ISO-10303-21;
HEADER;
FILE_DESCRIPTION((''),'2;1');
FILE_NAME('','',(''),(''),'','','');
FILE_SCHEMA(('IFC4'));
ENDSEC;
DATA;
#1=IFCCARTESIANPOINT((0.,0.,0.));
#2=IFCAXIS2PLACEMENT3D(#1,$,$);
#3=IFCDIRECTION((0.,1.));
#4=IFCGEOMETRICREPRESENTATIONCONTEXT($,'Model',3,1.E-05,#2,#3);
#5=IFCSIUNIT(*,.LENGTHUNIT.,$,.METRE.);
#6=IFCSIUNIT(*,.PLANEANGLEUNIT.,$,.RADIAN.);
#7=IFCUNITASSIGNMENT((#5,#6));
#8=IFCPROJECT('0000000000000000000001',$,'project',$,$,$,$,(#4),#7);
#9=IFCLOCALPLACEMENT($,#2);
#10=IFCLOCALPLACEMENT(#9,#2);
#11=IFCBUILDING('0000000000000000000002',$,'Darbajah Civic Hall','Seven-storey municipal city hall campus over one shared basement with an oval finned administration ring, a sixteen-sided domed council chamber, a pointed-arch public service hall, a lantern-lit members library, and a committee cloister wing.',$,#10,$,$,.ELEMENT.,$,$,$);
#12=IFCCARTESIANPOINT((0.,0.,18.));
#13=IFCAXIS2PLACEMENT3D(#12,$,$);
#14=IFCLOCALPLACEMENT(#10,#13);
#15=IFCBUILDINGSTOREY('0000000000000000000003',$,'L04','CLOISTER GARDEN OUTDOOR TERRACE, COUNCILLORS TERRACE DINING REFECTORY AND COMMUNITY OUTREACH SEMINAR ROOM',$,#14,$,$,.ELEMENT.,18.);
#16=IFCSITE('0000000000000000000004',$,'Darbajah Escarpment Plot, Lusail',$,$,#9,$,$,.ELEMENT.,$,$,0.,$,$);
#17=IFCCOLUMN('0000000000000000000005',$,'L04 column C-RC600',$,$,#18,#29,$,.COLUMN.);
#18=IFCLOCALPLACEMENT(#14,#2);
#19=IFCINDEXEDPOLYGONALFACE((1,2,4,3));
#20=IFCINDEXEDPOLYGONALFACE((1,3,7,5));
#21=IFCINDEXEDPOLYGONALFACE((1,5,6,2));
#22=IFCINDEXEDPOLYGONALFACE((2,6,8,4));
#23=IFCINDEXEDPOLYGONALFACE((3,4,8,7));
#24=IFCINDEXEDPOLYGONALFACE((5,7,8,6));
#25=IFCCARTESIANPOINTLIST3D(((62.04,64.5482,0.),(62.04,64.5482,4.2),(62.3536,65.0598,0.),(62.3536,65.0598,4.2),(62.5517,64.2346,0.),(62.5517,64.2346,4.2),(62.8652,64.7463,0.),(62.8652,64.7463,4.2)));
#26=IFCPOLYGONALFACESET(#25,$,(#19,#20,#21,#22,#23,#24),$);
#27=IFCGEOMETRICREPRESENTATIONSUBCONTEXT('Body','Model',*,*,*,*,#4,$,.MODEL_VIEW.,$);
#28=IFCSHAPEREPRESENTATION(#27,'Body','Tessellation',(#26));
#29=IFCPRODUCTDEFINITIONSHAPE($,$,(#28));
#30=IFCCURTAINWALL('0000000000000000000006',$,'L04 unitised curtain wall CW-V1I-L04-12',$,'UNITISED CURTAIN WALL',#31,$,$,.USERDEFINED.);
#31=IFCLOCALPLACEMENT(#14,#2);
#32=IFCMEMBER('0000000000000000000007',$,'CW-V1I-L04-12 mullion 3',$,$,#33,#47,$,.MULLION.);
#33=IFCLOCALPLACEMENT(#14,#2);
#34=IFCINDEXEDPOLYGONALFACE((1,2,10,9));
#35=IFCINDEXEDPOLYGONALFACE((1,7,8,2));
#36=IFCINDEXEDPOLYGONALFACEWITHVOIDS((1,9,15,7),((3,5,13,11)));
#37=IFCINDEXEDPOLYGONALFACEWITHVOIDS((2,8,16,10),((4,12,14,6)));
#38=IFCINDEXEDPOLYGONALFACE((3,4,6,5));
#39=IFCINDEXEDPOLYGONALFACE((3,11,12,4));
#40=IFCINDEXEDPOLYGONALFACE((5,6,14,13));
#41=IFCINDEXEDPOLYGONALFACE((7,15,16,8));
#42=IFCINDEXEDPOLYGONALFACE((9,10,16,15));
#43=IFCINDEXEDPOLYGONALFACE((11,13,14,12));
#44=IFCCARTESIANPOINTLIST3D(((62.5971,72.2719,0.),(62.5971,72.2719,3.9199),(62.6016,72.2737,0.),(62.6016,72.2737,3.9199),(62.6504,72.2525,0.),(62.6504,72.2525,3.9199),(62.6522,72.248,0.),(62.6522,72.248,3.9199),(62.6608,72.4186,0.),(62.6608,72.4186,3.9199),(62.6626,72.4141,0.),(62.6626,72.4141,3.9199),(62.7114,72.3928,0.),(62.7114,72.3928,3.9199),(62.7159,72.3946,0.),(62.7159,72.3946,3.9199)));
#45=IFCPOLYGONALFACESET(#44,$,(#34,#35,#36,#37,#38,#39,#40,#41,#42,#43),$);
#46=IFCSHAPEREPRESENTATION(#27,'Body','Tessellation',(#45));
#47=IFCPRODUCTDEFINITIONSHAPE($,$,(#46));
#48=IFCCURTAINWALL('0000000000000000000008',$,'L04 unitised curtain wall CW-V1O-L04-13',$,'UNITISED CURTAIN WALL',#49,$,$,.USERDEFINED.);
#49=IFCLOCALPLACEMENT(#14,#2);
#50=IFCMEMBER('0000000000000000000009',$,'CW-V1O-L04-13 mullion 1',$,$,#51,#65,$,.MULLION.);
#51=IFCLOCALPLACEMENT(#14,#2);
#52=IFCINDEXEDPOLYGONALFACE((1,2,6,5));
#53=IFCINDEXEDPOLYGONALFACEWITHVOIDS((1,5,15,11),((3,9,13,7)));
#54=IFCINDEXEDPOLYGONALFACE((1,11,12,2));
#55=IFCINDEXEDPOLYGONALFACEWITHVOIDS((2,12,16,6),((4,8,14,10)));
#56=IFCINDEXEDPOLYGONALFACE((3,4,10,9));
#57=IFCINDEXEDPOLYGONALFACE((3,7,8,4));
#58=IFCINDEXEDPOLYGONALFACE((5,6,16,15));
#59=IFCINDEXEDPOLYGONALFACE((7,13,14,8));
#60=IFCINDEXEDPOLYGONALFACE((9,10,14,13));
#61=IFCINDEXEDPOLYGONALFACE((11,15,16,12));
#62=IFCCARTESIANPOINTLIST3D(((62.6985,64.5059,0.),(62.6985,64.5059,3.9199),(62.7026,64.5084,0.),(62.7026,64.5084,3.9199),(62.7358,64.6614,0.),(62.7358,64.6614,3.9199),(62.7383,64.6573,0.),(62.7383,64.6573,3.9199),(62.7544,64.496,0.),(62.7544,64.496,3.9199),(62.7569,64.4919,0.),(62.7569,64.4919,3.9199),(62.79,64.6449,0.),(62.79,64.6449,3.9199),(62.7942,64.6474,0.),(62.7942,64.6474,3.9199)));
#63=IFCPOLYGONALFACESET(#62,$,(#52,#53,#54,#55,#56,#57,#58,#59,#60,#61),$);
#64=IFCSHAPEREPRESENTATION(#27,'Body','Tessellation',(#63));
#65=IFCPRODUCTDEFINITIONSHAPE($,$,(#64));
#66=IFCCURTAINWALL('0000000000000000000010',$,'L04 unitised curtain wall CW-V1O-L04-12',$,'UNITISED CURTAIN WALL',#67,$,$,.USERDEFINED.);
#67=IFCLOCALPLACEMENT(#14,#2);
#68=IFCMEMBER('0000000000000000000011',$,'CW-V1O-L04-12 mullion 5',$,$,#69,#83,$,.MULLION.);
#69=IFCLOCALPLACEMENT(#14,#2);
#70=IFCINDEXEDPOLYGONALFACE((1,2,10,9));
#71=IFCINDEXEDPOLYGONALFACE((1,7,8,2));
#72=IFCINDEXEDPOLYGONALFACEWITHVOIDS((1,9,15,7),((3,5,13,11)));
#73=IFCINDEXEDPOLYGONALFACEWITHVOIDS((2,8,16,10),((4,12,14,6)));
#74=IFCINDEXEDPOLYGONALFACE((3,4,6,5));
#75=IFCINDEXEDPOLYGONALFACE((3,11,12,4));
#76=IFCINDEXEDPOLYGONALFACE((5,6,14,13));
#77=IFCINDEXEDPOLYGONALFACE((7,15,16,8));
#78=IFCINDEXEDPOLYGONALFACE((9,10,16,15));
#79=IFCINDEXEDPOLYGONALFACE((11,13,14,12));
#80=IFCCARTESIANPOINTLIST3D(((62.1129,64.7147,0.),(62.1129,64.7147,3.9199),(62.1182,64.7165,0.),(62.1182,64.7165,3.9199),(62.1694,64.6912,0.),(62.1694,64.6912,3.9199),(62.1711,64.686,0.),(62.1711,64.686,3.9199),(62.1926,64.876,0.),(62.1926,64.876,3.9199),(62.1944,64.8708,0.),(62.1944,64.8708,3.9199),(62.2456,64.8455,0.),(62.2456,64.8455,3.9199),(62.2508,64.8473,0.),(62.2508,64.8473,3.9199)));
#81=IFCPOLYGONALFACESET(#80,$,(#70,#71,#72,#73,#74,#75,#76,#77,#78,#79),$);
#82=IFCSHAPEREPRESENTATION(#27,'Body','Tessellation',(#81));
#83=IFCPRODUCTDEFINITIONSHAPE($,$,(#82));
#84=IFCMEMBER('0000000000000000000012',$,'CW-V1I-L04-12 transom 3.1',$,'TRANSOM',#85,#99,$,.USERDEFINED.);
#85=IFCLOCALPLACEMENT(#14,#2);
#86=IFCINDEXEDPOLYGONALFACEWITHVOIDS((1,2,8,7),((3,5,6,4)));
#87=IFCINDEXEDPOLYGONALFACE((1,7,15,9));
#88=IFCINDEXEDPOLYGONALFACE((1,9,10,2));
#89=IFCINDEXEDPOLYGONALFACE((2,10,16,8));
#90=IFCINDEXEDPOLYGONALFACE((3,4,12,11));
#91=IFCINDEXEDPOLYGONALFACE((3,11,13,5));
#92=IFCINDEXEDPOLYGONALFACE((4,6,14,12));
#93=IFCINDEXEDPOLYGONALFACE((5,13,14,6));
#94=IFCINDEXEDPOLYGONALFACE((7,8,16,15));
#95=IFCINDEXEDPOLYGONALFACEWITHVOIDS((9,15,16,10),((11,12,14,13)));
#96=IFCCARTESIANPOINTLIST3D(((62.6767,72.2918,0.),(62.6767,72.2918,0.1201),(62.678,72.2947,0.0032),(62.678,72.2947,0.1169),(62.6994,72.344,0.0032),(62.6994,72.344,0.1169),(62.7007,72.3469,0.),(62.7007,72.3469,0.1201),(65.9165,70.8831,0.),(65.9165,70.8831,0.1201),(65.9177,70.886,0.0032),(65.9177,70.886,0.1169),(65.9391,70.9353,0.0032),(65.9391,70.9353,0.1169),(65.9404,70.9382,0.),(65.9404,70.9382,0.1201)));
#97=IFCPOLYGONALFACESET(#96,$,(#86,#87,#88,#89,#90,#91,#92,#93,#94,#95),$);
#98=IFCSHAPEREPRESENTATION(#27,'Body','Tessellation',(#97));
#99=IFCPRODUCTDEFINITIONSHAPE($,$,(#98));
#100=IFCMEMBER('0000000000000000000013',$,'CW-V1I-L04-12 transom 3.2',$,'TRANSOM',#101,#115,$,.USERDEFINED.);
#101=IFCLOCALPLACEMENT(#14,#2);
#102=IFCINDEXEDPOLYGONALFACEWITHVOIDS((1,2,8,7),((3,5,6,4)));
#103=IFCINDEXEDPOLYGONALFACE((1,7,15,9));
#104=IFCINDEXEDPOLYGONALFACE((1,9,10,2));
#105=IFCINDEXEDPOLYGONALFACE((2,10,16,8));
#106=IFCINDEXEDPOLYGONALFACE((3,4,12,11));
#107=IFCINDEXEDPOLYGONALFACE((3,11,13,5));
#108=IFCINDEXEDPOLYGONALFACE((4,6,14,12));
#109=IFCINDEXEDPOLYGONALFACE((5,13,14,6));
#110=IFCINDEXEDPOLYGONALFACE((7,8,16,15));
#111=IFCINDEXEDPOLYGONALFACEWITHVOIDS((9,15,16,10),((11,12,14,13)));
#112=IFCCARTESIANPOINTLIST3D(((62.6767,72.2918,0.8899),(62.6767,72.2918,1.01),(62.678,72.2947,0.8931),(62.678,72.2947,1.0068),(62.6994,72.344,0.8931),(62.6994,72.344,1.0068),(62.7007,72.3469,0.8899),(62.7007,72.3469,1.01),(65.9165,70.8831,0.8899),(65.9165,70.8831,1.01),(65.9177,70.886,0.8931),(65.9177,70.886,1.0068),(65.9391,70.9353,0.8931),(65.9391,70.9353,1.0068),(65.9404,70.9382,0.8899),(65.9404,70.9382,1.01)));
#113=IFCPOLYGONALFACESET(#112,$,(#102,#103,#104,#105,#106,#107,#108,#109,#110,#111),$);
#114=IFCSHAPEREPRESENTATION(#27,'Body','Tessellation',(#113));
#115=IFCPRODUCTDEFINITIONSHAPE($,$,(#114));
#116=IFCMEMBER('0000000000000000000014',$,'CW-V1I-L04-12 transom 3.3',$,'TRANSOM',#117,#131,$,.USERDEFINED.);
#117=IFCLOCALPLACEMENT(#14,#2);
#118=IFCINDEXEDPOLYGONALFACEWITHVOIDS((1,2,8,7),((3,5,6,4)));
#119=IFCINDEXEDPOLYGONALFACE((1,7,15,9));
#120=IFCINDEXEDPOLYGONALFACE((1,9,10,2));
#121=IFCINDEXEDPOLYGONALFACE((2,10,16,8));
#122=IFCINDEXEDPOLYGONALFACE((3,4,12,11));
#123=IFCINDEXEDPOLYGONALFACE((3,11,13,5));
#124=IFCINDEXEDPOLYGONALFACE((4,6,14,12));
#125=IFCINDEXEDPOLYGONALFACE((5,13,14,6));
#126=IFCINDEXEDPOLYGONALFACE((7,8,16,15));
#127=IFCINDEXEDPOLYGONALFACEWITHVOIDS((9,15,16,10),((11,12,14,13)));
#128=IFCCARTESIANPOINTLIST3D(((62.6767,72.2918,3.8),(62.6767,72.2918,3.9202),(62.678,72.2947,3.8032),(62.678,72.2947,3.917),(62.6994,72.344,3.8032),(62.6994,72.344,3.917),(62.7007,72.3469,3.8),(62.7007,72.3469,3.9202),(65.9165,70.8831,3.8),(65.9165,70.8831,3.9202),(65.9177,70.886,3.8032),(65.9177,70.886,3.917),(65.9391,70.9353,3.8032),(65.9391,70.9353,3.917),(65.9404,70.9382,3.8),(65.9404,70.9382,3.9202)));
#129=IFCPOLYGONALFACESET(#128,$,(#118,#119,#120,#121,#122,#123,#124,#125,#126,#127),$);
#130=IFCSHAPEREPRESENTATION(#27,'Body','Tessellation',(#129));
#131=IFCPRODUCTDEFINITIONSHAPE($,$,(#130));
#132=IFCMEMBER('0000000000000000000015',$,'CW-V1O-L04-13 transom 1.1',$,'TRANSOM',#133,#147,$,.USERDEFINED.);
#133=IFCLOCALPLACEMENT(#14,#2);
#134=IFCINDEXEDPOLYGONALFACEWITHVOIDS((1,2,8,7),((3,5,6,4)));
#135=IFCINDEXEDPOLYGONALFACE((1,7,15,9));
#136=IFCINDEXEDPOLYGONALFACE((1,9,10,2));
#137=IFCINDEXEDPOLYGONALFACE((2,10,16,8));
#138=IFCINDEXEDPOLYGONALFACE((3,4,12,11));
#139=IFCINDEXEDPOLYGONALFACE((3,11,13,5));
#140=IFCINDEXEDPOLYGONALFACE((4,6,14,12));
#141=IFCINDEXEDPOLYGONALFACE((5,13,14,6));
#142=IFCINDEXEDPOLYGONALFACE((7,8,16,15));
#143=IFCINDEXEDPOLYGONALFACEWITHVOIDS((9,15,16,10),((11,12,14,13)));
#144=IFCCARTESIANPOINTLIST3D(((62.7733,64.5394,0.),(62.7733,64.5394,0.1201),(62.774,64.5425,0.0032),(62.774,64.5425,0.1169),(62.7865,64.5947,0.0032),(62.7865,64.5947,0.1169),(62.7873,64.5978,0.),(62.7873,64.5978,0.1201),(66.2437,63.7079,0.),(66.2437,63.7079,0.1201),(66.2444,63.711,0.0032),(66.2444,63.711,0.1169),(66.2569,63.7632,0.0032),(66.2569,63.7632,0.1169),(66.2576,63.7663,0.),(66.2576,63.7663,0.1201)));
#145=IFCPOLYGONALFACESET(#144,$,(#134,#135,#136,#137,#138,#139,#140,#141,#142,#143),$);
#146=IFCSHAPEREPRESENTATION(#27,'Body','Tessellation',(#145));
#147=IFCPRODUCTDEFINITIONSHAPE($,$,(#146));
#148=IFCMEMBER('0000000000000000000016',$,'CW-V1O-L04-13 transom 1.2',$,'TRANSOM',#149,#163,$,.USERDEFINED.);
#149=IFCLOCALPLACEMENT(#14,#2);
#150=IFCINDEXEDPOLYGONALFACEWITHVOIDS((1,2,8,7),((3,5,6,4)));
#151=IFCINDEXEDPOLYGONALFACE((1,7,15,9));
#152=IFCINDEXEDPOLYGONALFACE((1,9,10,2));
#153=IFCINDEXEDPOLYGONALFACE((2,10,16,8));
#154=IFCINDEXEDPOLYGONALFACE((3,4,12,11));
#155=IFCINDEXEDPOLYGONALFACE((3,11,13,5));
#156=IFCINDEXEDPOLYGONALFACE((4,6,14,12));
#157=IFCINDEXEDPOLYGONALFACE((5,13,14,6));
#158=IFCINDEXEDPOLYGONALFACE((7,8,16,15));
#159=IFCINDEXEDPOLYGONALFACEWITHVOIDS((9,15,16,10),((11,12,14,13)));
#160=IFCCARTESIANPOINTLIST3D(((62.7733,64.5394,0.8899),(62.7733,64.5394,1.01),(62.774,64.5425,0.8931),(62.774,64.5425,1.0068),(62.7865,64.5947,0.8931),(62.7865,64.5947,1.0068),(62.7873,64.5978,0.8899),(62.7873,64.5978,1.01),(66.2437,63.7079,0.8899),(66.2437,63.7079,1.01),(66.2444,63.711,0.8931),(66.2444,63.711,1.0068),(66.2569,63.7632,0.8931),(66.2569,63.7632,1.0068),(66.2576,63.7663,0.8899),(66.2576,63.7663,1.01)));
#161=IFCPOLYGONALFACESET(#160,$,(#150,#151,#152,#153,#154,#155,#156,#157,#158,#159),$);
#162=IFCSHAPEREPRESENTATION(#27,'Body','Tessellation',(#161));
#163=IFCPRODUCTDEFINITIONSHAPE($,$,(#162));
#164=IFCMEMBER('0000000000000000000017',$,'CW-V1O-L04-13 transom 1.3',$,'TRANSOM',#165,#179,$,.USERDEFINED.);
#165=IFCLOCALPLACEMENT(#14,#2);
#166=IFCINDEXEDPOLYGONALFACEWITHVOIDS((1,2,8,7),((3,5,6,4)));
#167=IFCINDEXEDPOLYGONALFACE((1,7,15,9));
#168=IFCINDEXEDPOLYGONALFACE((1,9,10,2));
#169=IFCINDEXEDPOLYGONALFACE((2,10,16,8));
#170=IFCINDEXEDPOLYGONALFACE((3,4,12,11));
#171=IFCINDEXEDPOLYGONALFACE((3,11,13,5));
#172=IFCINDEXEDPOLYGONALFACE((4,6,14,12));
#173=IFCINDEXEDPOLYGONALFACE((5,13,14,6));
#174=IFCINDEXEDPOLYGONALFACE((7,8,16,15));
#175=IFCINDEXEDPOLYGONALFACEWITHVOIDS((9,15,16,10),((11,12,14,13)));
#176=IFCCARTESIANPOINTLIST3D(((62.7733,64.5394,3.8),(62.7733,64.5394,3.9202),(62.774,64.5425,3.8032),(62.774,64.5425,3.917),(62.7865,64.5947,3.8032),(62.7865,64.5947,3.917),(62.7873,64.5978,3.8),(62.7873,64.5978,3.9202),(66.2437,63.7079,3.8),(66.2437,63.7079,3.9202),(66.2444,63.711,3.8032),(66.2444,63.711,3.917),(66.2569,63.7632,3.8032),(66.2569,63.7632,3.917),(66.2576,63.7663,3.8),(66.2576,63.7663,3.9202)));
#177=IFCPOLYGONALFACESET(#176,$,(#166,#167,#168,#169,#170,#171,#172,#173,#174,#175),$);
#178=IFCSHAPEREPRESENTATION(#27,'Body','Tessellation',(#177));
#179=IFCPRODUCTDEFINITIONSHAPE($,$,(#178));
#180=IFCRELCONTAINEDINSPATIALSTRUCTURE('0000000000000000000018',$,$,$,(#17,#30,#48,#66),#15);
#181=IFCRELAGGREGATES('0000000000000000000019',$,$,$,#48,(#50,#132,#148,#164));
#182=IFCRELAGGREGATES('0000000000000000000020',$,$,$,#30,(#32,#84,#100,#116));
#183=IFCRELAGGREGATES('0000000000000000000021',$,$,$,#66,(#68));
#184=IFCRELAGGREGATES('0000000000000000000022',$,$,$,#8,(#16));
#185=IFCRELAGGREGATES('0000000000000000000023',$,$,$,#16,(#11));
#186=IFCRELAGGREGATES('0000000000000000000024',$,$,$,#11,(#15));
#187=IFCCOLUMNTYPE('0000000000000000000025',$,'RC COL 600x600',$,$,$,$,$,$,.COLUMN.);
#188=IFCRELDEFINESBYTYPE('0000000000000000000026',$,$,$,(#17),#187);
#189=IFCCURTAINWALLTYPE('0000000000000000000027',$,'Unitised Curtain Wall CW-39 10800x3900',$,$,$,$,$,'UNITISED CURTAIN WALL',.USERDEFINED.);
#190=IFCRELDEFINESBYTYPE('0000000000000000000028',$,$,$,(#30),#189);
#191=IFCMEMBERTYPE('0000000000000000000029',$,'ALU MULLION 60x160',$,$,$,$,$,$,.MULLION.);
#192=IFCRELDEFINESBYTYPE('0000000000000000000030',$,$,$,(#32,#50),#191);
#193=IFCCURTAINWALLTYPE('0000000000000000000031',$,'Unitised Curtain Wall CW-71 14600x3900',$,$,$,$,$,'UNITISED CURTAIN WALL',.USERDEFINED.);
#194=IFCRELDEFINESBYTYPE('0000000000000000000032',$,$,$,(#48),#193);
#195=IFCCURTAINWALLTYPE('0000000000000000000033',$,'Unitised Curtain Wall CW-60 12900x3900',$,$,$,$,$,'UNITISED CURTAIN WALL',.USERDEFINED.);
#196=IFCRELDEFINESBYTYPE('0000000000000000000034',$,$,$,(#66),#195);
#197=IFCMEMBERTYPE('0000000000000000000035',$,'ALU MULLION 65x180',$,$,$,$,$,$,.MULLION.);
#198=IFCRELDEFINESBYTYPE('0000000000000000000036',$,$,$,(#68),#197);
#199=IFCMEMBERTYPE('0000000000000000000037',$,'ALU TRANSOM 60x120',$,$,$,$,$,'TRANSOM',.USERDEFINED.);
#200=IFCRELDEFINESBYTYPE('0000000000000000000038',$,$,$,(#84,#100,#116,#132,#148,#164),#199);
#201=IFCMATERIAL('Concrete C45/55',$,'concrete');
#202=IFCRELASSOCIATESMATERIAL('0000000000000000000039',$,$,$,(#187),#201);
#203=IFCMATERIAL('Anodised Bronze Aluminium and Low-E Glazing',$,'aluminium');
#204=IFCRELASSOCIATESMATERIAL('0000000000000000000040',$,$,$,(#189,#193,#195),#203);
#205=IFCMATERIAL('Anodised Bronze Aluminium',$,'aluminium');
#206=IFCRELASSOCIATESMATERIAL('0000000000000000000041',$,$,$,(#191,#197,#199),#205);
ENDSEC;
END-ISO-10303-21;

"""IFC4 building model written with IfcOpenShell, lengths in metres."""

from ifc_helpers import new_model, si_unit, direction, frame, origin, origin_2d, place, context, subcontext, project, spatial, rectangle, hollow_rectangle, extrude, material, material_profile, profile_set, type_object, element, aggregate, save


model = new_model("IFC4")

# Units and contexts
model_context = context("Model", 3, precision=1e-05, world=origin(), true_north=direction((0.0, 1.0)))
body_context = subcontext(model_context, "Body", "Model", "MODEL_VIEW")
ifc_project = project(units=[si_unit("LENGTHUNIT", "METRE"), si_unit("PLANEANGLEUNIT", "RADIAN")], contexts=[model_context])

# Site, building, storey
site_placement = place(None, origin())
site = spatial("IfcSite", under=ifc_project, at=site_placement, Name="Darbajah Escarpment Plot, Lusail", CompositionType="ELEMENT", RefElevation=0.0)
building_placement = place(site_placement, origin())
building = spatial("IfcBuilding", under=site, at=building_placement, Name="Darbajah Civic Hall", Description="Seven-storey municipal city hall campus over one shared basement with an oval finned administration ring, a sixteen-sided domed council chamber, a pointed-arch public service hall, a lantern-lit members library, and a committee cloister wing.", CompositionType="ELEMENT")
storey_placement = place(building_placement, frame((0.0, 0.0, 18.0)))
storey = spatial("IfcBuildingStorey", under=building, at=storey_placement, Name="L04", Description="CLOISTER GARDEN OUTDOOR TERRACE, COUNCILLORS TERRACE DINING REFECTORY AND COMMUNITY OUTREACH SEMINAR ROOM", CompositionType="ELEMENT", Elevation=18.0)

# Column
ifc_material_1 = material(Name="Concrete C45/55", Category="concrete")
ifc_material_profile_1 = material_profile(ifc_material_1, rectangle(XDim=0.6001, YDim=0.6001, at=origin_2d()), Name="RC COL 600x600")
ifc_profile_set_1 = profile_set([ifc_material_profile_1], Name="Concrete C45/55")
column_type = type_object("IfcColumnType", Name="RC COL 600x600", PredefinedType="COLUMN", material=ifc_profile_set_1)
column_placement = place(storey_placement, frame((62.4526, 64.6472, 0.0), z_axis=(0.0, 0.0, 1.0), x_axis=(-0.522499, -0.85264, 0.0)))
element("IfcColumn", 1, at=column_placement, inside=storey, type_object=column_type, Name="L04 column C-RC600", PredefinedType="COLUMN", context=body_context, shape_type="SweptSolid", body=[
    extrude(rectangle(XDim=0.6001, YDim=0.6001, at=origin_2d()), origin(), (0.0, 0.0, 1.0), 4.2),
])

# Curtain walls, members
ifc_material_2 = material(Name="Anodised Bronze Aluminium and Low-E Glazing", Category="aluminium")
curtain_wall_type_1 = type_object("IfcCurtainWallType", Name="Unitised Curtain Wall CW-39 10800x3900", ElementType="UNITISED CURTAIN WALL", PredefinedType="USERDEFINED", material=ifc_material_2)
curtain_wall_1_placement = place(storey_placement, origin())
curtain_wall_1 = element("IfcCurtainWall", 2, at=curtain_wall_1_placement, inside=storey, type_object=curtain_wall_type_1, Name="L04 unitised curtain wall CW-V1I-L04-12", ObjectType="UNITISED CURTAIN WALL", PredefinedType="USERDEFINED")
ifc_material_3 = material(Name="Anodised Bronze Aluminium", Category="aluminium")
ifc_material_profile_2 = material_profile(ifc_material_3, hollow_rectangle(XDim=0.0601, YDim=0.1599, WallThickness=0.0034, at=origin_2d()), Name="ALU MULLION 60x160")
ifc_profile_set_2 = profile_set([ifc_material_profile_2], Name="Anodised Bronze Aluminium")
member_type_1 = type_object("IfcMemberType", Name="ALU MULLION 60x160", PredefinedType="MULLION", material=ifc_profile_set_2)
member_1_placement = place(storey_placement, frame((62.6565, 72.3333, 0.0), z_axis=(0.0, 0.0, 1.0), x_axis=(0.91706, -0.398749, 0.0)))
member_1 = element("IfcMember", 3, at=member_1_placement, type_object=member_type_1, Name="CW-V1I-L04-12 mullion 3", PredefinedType="MULLION", context=body_context, shape_type="SweptSolid", body=[
    extrude(hollow_rectangle(XDim=0.0601, YDim=0.1599, WallThickness=0.0034, at=origin_2d()), origin(), (0.0, 0.0, 1.0), 3.9199),
])
curtain_wall_type_2 = type_object("IfcCurtainWallType", Name="Unitised Curtain Wall CW-71 14600x3900", ElementType="UNITISED CURTAIN WALL", PredefinedType="USERDEFINED", material=ifc_material_2)
curtain_wall_2_placement = place(storey_placement, origin())
curtain_wall_2 = element("IfcCurtainWall", 4, at=curtain_wall_2_placement, inside=storey, type_object=curtain_wall_type_2, Name="L04 unitised curtain wall CW-V1O-L04-13", ObjectType="UNITISED CURTAIN WALL", PredefinedType="USERDEFINED")
member_2_placement = place(storey_placement, frame((62.7463, 64.5767, 0.0), z_axis=(0.0, 0.0, 1.0), x_axis=(0.972492, -0.232936, 0.0)))
member_2 = element("IfcMember", 5, at=member_2_placement, type_object=member_type_1, Name="CW-V1O-L04-13 mullion 1", PredefinedType="MULLION", context=body_context, shape_type="SweptSolid", body=[
    extrude(hollow_rectangle(XDim=0.0601, YDim=0.1599, WallThickness=0.0034, at=origin_2d()), origin(), (0.0, 0.0, 1.0), 3.9199),
])
curtain_wall_type_3 = type_object("IfcCurtainWallType", Name="Unitised Curtain Wall CW-60 12900x3900", ElementType="UNITISED CURTAIN WALL", PredefinedType="USERDEFINED", material=ifc_material_2)
curtain_wall_3_placement = place(storey_placement, origin())
curtain_wall_3 = element("IfcCurtainWall", 6, at=curtain_wall_3_placement, inside=storey, type_object=curtain_wall_type_3, Name="L04 unitised curtain wall CW-V1O-L04-12", ObjectType="UNITISED CURTAIN WALL", PredefinedType="USERDEFINED")
ifc_material_profile_3 = material_profile(ifc_material_3, hollow_rectangle(XDim=0.0649, YDim=0.1799, WallThickness=0.0039, at=origin_2d()), Name="ALU MULLION 65x180")
ifc_profile_set_3 = profile_set([ifc_material_profile_3], Name="Anodised Bronze Aluminium")
member_type_2 = type_object("IfcMemberType", Name="ALU MULLION 65x180", PredefinedType="MULLION", material=ifc_profile_set_3)
member_3_placement = place(storey_placement, frame((62.1819, 64.781, 0.0), z_axis=(0.0, 0.0, 1.0), x_axis=(0.896564, -0.442915, 0.0)))
member_3 = element("IfcMember", 7, at=member_3_placement, type_object=member_type_2, Name="CW-V1O-L04-12 mullion 5", PredefinedType="MULLION", context=body_context, shape_type="SweptSolid", body=[
    extrude(hollow_rectangle(XDim=0.0649, YDim=0.1799, WallThickness=0.0039, at=origin_2d()), origin(), (0.0, 0.0, 1.0), 3.9199),
])

# Members
ifc_material_profile_4 = material_profile(ifc_material_3, hollow_rectangle(XDim=0.0601, YDim=0.1201, WallThickness=0.0032, at=origin_2d()), Name="ALU TRANSOM 60x120")
ifc_profile_set_4 = profile_set([ifc_material_profile_4], Name="Anodised Bronze Aluminium")
member_type_3 = type_object("IfcMemberType", Name="ALU TRANSOM 60x120", ElementType="TRANSOM", PredefinedType="USERDEFINED", material=ifc_profile_set_4)
member_4_placement = place(storey_placement, frame((62.6887, 72.3193, 0.0601), z_axis=(0.917059, -0.398751, 0.0), x_axis=(0.398751, 0.917059, 0.0)))
member_4 = element("IfcMember", 8, at=member_4_placement, type_object=member_type_3, Name="CW-V1I-L04-12 transom 3.1", ObjectType="TRANSOM", PredefinedType="USERDEFINED", context=body_context, shape_type="SweptSolid", body=[
    extrude(hollow_rectangle(XDim=0.0601, YDim=0.1201, WallThickness=0.0032, at=origin_2d()), origin(), (0.0, 0.0, 1.0), 3.5327),
])
member_5_placement = place(storey_placement, frame((62.6887, 72.3193, 0.95), z_axis=(0.917059, -0.398751, 0.0), x_axis=(0.398751, 0.917059, 0.0)))
member_5 = element("IfcMember", 9, at=member_5_placement, type_object=member_type_3, Name="CW-V1I-L04-12 transom 3.2", ObjectType="TRANSOM", PredefinedType="USERDEFINED", context=body_context, shape_type="SweptSolid", body=[
    extrude(hollow_rectangle(XDim=0.0601, YDim=0.1201, WallThickness=0.0032, at=origin_2d()), origin(), (0.0, 0.0, 1.0), 3.5327),
])
member_6_placement = place(storey_placement, frame((62.6887, 72.3193, 3.8601), z_axis=(0.917059, -0.398751, 0.0), x_axis=(0.398751, 0.917059, 0.0)))
member_6 = element("IfcMember", 10, at=member_6_placement, type_object=member_type_3, Name="CW-V1I-L04-12 transom 3.3", ObjectType="TRANSOM", PredefinedType="USERDEFINED", context=body_context, shape_type="SweptSolid", body=[
    extrude(hollow_rectangle(XDim=0.0601, YDim=0.1201, WallThickness=0.0032, at=origin_2d()), origin(), (0.0, 0.0, 1.0), 3.5327),
])
member_7_placement = place(storey_placement, frame((62.7803, 64.5686, 0.0601), z_axis=(0.972474, -0.233011, 0.0), x_axis=(0.233011, 0.972474, 0.0)))
member_7 = element("IfcMember", 11, at=member_7_placement, type_object=member_type_3, Name="CW-V1O-L04-13 transom 1.1", ObjectType="TRANSOM", PredefinedType="USERDEFINED", context=body_context, shape_type="SweptSolid", body=[
    extrude(hollow_rectangle(XDim=0.0601, YDim=0.1201, WallThickness=0.0032, at=origin_2d()), origin(), (0.0, 0.0, 1.0), 3.5686),
])
member_8_placement = place(storey_placement, frame((62.7803, 64.5686, 0.95), z_axis=(0.972474, -0.233011, 0.0), x_axis=(0.233011, 0.972474, 0.0)))
member_8 = element("IfcMember", 12, at=member_8_placement, type_object=member_type_3, Name="CW-V1O-L04-13 transom 1.2", ObjectType="TRANSOM", PredefinedType="USERDEFINED", context=body_context, shape_type="SweptSolid", body=[
    extrude(hollow_rectangle(XDim=0.0601, YDim=0.1201, WallThickness=0.0032, at=origin_2d()), origin(), (0.0, 0.0, 1.0), 3.5686),
])
member_9_placement = place(storey_placement, frame((62.7803, 64.5686, 3.8601), z_axis=(0.972474, -0.233011, 0.0), x_axis=(0.233011, 0.972474, 0.0)))
member_9 = element("IfcMember", 13, at=member_9_placement, type_object=member_type_3, Name="CW-V1O-L04-13 transom 1.3", ObjectType="TRANSOM", PredefinedType="USERDEFINED", context=body_context, shape_type="SweptSolid", body=[
    extrude(hollow_rectangle(XDim=0.0601, YDim=0.1201, WallThickness=0.0032, at=origin_2d()), origin(), (0.0, 0.0, 1.0), 3.5686),
])
aggregate(curtain_wall_2, [member_2, member_7, member_8, member_9])

aggregate(curtain_wall_1, [member_1, member_4, member_5, member_6])
aggregate(curtain_wall_3, [member_3])

save(model, "model.ifc")
